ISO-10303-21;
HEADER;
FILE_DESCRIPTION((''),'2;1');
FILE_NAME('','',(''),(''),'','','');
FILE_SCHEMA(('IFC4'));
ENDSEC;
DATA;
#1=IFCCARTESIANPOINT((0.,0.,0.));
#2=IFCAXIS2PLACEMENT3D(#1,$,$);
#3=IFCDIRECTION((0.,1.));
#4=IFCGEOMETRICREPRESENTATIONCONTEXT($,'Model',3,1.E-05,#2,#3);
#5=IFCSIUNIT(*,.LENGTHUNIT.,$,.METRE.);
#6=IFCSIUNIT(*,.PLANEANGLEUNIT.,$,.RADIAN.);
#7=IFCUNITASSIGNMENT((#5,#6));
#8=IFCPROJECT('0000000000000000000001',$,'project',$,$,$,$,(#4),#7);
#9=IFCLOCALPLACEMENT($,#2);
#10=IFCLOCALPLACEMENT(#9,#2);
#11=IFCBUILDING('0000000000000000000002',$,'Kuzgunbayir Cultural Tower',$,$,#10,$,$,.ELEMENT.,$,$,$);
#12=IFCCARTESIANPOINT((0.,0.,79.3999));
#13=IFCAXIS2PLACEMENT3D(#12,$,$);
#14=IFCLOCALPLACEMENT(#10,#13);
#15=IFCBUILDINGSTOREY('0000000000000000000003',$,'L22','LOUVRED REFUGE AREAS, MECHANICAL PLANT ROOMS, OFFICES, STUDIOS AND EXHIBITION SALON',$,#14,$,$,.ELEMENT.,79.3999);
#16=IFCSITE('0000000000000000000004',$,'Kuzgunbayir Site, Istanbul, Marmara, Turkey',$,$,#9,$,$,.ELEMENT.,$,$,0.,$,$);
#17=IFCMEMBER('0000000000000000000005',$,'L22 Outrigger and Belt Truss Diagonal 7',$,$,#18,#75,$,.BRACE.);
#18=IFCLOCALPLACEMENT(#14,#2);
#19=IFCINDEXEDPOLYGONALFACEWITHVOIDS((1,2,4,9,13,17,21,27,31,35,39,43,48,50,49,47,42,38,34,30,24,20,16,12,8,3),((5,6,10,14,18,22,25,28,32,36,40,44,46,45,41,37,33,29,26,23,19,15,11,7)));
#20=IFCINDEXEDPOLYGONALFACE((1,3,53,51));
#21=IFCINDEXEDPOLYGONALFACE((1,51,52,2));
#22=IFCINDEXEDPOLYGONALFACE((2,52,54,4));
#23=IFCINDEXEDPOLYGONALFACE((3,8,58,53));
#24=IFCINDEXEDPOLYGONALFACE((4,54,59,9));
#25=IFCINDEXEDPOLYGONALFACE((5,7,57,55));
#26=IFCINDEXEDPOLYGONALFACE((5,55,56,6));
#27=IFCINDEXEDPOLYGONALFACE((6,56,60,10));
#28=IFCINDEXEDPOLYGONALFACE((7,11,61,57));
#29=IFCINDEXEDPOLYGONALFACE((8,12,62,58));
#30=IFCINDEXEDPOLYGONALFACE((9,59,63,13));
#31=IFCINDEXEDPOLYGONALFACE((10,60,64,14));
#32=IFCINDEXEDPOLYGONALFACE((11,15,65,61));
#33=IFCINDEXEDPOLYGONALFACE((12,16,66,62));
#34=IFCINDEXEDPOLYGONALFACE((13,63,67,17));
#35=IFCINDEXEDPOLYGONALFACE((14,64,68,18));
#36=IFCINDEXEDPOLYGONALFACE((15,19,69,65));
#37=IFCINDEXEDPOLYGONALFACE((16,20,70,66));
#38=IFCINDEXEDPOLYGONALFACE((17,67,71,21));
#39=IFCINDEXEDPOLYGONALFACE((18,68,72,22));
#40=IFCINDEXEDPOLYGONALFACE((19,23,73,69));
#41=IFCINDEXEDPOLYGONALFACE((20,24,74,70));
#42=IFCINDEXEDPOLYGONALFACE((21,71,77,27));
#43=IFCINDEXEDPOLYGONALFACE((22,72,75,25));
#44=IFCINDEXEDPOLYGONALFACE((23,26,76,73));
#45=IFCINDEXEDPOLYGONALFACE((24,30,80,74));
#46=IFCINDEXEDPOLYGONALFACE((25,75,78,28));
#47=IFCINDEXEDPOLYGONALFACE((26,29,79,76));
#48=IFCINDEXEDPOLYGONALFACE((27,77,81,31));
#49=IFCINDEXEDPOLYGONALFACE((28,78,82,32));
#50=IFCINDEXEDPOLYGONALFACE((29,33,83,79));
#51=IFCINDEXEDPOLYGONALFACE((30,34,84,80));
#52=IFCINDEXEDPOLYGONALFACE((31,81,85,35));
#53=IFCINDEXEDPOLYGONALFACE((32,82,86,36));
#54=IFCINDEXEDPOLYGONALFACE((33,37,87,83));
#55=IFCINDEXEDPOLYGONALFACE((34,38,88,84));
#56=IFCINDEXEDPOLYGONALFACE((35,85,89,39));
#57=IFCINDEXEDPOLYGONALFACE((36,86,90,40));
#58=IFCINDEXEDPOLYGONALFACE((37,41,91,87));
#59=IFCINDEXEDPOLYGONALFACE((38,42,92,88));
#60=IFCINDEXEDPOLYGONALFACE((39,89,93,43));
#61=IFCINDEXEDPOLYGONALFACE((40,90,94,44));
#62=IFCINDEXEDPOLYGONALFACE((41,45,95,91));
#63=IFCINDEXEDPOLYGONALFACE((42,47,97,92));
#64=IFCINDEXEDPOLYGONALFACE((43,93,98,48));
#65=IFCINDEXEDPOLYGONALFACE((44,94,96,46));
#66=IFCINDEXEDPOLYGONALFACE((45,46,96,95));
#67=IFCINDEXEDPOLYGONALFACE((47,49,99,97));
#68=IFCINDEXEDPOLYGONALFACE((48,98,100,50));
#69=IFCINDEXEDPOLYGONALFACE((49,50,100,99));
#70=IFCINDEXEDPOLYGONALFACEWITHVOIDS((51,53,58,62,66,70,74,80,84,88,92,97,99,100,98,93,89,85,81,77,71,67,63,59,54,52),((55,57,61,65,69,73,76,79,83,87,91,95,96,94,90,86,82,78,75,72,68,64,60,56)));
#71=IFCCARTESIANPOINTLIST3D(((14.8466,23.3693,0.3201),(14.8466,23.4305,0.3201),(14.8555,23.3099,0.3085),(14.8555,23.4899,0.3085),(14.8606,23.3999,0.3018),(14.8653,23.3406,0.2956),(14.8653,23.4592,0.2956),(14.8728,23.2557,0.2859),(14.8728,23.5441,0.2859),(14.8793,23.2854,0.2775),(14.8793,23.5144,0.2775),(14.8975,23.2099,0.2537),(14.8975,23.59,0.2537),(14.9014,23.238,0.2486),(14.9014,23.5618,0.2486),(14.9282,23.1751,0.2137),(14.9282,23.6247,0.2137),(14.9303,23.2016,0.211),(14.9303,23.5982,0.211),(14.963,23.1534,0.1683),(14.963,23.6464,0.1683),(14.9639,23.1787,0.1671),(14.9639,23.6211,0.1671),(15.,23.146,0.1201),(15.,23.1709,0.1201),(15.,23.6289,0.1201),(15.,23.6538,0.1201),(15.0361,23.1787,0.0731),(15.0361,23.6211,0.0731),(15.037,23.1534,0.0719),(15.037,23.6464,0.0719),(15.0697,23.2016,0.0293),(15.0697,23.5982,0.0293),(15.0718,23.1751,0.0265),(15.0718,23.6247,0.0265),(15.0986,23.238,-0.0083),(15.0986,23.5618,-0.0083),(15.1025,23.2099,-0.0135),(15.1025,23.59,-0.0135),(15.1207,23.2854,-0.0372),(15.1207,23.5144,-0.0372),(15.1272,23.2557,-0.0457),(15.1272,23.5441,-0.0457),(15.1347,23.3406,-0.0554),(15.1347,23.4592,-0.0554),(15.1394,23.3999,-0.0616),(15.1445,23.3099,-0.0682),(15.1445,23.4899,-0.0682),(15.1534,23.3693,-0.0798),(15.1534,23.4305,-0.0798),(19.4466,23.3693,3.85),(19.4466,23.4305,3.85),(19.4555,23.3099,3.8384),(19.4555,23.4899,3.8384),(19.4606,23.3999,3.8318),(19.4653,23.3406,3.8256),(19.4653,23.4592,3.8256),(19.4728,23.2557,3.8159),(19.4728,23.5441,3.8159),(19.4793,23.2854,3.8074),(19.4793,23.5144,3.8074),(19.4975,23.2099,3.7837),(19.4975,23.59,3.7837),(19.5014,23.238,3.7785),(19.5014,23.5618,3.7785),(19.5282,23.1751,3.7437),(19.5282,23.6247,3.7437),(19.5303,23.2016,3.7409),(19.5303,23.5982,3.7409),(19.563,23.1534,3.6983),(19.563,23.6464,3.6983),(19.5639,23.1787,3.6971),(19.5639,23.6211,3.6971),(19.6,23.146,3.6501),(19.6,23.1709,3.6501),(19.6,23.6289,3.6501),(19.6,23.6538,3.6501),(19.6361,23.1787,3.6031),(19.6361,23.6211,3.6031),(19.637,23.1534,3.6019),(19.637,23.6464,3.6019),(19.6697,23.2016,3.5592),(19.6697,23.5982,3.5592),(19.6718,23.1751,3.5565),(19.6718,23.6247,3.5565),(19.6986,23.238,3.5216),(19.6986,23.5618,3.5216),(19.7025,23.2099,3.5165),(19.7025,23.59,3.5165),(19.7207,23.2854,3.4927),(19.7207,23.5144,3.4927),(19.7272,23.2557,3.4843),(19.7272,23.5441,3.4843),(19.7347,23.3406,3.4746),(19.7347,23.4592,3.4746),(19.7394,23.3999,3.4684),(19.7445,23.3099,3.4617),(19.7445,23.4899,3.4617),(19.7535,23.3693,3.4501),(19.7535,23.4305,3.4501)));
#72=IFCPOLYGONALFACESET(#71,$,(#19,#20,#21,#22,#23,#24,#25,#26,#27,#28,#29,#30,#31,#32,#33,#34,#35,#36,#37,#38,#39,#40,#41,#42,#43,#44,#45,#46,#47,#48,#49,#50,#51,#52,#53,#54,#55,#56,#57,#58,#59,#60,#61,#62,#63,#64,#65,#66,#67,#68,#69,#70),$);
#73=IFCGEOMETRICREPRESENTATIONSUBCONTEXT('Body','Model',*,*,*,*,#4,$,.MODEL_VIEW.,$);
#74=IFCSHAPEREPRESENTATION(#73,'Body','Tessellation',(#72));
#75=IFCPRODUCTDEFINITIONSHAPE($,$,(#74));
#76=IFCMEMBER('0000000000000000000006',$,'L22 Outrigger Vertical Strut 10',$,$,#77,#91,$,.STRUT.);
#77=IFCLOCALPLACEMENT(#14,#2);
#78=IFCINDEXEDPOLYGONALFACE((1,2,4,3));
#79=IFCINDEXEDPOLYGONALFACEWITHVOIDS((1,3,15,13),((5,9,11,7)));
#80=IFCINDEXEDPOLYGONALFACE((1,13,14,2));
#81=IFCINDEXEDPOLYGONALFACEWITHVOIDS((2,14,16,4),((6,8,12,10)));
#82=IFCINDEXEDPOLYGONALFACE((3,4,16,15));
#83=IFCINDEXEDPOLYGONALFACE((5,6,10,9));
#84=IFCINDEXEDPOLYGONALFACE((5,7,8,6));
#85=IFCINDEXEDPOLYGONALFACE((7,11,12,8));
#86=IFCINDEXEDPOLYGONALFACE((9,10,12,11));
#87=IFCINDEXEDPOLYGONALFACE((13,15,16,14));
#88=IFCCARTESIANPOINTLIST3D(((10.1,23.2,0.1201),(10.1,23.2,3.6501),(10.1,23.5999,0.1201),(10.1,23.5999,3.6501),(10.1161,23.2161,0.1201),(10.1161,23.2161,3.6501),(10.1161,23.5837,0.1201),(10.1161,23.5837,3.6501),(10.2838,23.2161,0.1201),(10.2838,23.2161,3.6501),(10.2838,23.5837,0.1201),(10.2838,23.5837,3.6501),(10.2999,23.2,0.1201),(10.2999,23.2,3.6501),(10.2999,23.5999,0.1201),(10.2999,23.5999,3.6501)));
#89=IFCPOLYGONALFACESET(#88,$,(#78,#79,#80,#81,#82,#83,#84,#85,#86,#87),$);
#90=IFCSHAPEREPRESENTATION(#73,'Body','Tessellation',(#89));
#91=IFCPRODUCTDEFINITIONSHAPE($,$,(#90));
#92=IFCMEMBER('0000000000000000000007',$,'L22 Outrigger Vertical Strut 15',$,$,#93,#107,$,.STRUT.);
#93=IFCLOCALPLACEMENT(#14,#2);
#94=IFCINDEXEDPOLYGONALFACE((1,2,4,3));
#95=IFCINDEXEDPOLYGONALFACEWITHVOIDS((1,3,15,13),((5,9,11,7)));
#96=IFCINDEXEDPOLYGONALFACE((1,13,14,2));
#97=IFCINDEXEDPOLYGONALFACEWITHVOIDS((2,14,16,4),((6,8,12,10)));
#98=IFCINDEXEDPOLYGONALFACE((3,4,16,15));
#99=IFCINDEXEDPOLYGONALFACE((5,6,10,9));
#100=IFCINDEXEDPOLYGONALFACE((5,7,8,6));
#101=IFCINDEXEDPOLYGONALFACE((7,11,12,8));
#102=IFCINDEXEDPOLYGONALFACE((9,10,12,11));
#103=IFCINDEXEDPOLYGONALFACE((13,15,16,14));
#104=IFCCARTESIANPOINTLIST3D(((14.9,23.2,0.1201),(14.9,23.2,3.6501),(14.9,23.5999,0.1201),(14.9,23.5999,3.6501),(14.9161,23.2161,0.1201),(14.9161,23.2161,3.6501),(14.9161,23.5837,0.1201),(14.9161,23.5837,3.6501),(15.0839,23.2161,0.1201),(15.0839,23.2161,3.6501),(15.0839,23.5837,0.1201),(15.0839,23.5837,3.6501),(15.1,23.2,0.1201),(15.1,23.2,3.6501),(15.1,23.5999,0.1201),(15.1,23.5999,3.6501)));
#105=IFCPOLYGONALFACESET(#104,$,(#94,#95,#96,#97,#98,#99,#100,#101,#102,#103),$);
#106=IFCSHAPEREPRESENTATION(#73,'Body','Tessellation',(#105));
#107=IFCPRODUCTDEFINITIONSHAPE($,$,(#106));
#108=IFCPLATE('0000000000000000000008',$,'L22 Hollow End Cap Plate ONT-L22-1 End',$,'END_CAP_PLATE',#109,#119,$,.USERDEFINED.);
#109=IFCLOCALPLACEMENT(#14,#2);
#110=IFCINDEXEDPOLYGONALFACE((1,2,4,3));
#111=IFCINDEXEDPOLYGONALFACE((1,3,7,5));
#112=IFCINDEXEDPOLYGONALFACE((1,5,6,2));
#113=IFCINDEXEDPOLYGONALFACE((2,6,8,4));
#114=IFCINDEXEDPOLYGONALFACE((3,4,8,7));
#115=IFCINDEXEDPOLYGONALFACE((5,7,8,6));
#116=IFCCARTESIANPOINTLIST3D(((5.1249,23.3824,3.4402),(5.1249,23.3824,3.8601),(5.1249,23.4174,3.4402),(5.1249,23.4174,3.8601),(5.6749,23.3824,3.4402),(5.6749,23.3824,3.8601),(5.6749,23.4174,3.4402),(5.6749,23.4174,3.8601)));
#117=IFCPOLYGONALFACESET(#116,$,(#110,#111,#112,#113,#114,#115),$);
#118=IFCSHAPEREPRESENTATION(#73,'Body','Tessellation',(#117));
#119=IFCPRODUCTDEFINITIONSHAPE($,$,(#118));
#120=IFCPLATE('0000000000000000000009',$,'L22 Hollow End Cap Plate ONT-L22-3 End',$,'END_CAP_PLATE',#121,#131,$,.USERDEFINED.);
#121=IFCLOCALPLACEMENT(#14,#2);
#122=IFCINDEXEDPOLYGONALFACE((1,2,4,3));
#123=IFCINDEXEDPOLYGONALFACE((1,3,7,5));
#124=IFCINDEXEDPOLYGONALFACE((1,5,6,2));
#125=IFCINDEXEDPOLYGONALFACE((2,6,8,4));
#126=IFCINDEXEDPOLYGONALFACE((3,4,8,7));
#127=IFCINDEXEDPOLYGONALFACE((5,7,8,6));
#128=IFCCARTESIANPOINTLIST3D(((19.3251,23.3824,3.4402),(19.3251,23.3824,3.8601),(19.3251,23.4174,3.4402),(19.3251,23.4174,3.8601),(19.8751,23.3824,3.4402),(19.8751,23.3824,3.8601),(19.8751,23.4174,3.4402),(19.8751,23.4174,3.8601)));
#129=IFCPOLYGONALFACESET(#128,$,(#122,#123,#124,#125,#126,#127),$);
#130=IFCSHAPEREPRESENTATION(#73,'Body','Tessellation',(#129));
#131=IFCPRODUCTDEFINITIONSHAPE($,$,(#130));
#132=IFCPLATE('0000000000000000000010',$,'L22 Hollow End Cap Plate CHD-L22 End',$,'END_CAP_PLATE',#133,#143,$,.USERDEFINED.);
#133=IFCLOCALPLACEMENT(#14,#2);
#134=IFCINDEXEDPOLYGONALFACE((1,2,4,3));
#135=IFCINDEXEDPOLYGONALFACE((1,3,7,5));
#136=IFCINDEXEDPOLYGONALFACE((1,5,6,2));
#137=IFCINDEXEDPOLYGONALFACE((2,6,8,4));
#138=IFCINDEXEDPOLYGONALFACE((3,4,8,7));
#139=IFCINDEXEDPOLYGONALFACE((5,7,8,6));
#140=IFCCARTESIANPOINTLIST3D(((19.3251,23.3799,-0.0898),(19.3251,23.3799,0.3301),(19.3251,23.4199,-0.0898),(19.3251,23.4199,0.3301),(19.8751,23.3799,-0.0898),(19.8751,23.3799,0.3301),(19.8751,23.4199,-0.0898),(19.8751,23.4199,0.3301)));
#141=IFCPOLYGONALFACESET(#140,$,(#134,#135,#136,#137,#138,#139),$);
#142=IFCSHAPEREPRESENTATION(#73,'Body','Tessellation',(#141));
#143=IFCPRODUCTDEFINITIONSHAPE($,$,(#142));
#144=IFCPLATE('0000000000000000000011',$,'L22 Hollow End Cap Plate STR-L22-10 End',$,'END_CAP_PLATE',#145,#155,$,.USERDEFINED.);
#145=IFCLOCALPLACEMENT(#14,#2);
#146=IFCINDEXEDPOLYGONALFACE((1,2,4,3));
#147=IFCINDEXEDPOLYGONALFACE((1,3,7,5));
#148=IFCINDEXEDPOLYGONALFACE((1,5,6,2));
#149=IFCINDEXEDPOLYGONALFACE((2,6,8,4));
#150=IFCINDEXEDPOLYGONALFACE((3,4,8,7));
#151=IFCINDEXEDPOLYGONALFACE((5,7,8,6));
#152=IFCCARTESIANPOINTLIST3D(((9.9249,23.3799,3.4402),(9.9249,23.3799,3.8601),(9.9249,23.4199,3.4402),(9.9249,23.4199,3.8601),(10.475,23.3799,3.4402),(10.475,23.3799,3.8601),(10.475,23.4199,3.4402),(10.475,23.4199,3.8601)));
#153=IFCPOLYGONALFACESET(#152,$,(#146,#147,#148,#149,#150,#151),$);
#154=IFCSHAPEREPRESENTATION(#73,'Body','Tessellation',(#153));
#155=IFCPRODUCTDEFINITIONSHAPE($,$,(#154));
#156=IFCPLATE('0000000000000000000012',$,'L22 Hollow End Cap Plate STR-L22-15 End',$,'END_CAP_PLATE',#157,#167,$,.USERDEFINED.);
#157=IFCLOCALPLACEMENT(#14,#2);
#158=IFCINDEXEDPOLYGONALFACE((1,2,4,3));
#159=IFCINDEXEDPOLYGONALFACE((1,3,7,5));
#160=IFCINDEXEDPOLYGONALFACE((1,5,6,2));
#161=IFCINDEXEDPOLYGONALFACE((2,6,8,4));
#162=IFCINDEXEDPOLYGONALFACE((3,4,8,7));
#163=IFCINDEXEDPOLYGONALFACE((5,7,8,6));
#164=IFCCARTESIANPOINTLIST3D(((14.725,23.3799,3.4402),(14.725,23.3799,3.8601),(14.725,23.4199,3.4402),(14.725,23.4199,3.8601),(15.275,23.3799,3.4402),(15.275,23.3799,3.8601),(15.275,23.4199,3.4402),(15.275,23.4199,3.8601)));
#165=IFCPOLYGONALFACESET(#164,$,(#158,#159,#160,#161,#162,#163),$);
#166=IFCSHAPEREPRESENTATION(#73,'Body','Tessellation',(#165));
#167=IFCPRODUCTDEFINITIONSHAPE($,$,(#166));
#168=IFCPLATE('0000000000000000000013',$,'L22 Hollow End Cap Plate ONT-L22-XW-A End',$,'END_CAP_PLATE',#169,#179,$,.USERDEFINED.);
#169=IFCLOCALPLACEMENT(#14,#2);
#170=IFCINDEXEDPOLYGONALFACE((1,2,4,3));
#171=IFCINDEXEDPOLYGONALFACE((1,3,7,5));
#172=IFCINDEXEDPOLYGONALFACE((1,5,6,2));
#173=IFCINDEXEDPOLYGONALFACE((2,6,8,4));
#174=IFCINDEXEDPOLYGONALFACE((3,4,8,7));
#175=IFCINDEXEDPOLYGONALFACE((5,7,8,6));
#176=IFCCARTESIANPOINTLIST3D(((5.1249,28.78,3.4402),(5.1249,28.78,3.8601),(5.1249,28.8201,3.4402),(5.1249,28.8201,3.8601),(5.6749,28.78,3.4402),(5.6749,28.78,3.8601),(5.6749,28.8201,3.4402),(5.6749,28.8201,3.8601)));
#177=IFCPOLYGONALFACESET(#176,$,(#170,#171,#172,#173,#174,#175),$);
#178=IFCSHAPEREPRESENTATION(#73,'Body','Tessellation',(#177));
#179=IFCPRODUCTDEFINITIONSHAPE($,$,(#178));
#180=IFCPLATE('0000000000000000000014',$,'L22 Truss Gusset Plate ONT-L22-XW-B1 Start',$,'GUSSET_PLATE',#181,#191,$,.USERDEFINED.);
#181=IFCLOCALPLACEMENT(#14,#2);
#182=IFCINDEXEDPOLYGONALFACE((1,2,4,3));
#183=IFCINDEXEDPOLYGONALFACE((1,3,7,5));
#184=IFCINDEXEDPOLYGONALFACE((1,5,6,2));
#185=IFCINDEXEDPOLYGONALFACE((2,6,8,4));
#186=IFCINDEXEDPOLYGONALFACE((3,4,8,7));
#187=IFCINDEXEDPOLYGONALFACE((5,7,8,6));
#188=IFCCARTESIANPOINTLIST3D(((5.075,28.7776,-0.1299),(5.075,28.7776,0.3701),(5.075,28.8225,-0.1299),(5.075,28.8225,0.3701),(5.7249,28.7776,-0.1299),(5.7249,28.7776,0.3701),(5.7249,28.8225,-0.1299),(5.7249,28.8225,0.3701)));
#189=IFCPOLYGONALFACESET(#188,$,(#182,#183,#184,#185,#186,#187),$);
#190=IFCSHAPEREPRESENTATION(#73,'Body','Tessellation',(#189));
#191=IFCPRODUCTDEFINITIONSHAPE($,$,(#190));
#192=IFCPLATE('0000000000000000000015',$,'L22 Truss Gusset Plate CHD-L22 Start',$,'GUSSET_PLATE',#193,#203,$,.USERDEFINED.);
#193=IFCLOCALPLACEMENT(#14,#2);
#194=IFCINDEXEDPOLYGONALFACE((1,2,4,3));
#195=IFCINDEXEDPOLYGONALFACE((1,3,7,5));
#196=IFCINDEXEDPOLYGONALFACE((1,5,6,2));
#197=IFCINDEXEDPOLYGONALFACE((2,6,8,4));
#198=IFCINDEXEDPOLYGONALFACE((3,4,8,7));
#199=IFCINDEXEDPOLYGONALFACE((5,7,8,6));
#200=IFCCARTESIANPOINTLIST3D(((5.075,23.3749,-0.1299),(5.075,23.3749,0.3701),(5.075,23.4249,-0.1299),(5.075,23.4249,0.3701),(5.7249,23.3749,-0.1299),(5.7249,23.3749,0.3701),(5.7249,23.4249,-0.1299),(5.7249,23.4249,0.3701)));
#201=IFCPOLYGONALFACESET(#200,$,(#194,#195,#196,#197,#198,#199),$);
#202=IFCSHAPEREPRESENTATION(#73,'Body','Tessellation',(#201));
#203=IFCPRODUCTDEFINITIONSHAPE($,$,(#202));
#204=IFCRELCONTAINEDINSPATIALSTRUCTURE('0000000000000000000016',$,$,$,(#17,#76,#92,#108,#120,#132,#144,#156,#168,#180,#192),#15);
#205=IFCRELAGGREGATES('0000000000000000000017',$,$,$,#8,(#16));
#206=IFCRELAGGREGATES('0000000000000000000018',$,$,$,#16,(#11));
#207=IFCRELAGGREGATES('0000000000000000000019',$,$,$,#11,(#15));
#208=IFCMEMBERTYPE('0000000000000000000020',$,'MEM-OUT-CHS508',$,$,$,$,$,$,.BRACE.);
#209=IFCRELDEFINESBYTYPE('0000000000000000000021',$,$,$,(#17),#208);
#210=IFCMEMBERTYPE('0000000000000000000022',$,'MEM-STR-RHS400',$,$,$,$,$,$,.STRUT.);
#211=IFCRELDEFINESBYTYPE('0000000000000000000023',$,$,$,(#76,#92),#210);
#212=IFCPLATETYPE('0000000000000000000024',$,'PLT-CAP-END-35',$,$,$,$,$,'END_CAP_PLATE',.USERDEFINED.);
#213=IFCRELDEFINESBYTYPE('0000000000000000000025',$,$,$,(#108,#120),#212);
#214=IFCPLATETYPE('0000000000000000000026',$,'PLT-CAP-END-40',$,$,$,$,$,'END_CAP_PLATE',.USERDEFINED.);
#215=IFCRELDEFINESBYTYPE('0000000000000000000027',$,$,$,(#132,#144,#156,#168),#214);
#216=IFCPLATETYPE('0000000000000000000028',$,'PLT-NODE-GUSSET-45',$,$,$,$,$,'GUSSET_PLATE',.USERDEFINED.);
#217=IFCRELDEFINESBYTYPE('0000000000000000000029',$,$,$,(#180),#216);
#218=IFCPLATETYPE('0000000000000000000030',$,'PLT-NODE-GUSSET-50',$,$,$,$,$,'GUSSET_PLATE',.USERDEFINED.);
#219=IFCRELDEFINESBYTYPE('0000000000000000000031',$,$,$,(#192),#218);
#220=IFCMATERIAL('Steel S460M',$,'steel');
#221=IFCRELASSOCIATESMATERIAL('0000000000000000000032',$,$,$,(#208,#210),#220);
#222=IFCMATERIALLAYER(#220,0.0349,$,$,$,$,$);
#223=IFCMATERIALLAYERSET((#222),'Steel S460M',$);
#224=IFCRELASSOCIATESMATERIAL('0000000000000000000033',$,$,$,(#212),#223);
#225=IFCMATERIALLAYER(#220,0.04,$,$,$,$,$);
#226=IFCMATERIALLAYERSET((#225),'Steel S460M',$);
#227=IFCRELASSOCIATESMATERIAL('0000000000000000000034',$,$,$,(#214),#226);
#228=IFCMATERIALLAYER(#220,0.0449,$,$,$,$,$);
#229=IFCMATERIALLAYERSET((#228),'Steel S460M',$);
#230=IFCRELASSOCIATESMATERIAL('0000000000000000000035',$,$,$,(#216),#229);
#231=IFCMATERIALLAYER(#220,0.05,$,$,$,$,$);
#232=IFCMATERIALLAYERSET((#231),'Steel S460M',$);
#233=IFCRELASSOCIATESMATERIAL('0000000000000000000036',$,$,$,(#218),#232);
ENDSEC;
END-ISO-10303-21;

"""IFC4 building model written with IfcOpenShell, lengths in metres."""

from ifc_helpers import new_model, si_unit, direction, frame, origin, origin_2d, place, context, subcontext, project, spatial, rectangle, hollow_rectangle, hollow_circle, extrude, material, layer, layer_set, material_profile, profile_set, type_object, element, save


model = new_model("IFC4")

# Units and contexts
model_context = context("Model", 3, precision=1e-05, world=origin(), true_north=direction((0.0, 1.0)))
body_context = subcontext(model_context, "Body", "Model", "MODEL_VIEW")
ifc_project = project(units=[si_unit("LENGTHUNIT", "METRE"), si_unit("PLANEANGLEUNIT", "RADIAN")], contexts=[model_context])

# Site, building, storey
site_placement = place(None, origin())
site = spatial("IfcSite", under=ifc_project, at=site_placement, Name="Kuzgunbayir Site, Istanbul, Marmara, Turkey", CompositionType="ELEMENT", RefElevation=0.0)
building_placement = place(site_placement, origin())
building = spatial("IfcBuilding", under=site, at=building_placement, Name="Kuzgunbayir Cultural Tower", CompositionType="ELEMENT")
storey_placement = place(building_placement, frame((0.0, 0.0, 79.3999)))
storey = spatial("IfcBuildingStorey", under=building, at=storey_placement, Name="L22", Description="LOUVRED REFUGE AREAS, MECHANICAL PLANT ROOMS, OFFICES, STUDIOS AND EXHIBITION SALON", CompositionType="ELEMENT", Elevation=79.3999)

# Members
ifc_material_1 = material(Name="Steel S460M", Category="steel")
ifc_material_profile_1 = material_profile(ifc_material_1, hollow_circle(Radius=0.2539, WallThickness=0.0249, at=origin_2d()), Name="CHS 508x25")
ifc_profile_set_1 = profile_set([ifc_material_profile_1], Name="Steel S460M")
member_type_1 = type_object("IfcMemberType", Name="MEM-OUT-CHS508", PredefinedType="BRACE", material=ifc_profile_set_1)
member_1_placement = place(storey_placement, frame((15.0, 23.3999, 0.1201), z_axis=(0.793332, 0.0, 0.608789), x_axis=(0.0, 1.0, 0.0)))
element("IfcMember", 1, at=member_1_placement, inside=storey, type_object=member_type_1, Name="L22 Outrigger and Belt Truss Diagonal 7", PredefinedType="BRACE", context=body_context, shape_type="SweptSolid", body=[
    extrude(hollow_circle(Radius=0.2539, WallThickness=0.0249, at=origin_2d()), origin(), (0.0, 0.0, 1.0), 5.7983),
])
ifc_material_profile_2 = material_profile(ifc_material_1, hollow_rectangle(XDim=0.2, YDim=0.3999, WallThickness=0.0161, at=origin_2d()), Name="RHS 400x200x16")
ifc_profile_set_2 = profile_set([ifc_material_profile_2], Name="Steel S460M")
member_type_2 = type_object("IfcMemberType", Name="MEM-STR-RHS400", PredefinedType="STRUT", material=ifc_profile_set_2)
for number, where, z_axis, x_axis, name in (
    (2, (10.2, 23.3999, 0.1201), (0.0, 0.0, 1.0), (1.0, 0.0, 0.0), "L22 Outrigger Vertical Strut 10"),
    (3, (15.0, 23.3999, 0.1201), (0.0, 0.0, 1.0), (1.0, 0.0, 0.0), "L22 Outrigger Vertical Strut 15"),
):
    element("IfcMember", number, at=place(storey_placement, frame(where, z_axis=z_axis, x_axis=x_axis)), inside=storey, type_object=member_type_2, Name=name, PredefinedType="STRUT", context=body_context, shape_type="SweptSolid", body=[
        extrude(hollow_rectangle(XDim=0.2, YDim=0.3999, WallThickness=0.0161, at=origin_2d()), origin(), (0.0, 0.0, 1.0), 3.53),
    ])

# Plates
ifc_layer_1 = layer(ifc_material_1, 0.0349)
ifc_layer_set_1 = layer_set([ifc_layer_1], Name="Steel S460M")
plate_type_1 = type_object("IfcPlateType", Name="PLT-CAP-END-35", ElementType="END_CAP_PLATE", PredefinedType="USERDEFINED", material=ifc_layer_set_1)
for number, where, z_axis, x_axis, name in (
    (4, (5.3999, 23.3999, 3.4402), (0.0, 0.0, 1.0), (1.0, 0.0, 0.0), "L22 Hollow End Cap Plate ONT-L22-1 End"),
    (5, (19.6001, 23.3999, 3.4402), (0.0, 0.0, 1.0), (1.0, 0.0, 0.0), "L22 Hollow End Cap Plate ONT-L22-3 End"),
):
    element("IfcPlate", number, at=place(storey_placement, frame(where, z_axis=z_axis, x_axis=x_axis)), inside=storey, type_object=plate_type_1, Name=name, ObjectType="END_CAP_PLATE", PredefinedType="USERDEFINED", context=body_context, shape_type="SweptSolid", body=[
        extrude(rectangle(XDim=0.55, YDim=0.0349, at=origin_2d()), origin(), (0.0, 0.0, 1.0), 0.4199),
    ])
ifc_layer_2 = layer(ifc_material_1, 0.04)
ifc_layer_set_2 = layer_set([ifc_layer_2], Name="Steel S460M")
plate_type_2 = type_object("IfcPlateType", Name="PLT-CAP-END-40", ElementType="END_CAP_PLATE", PredefinedType="USERDEFINED", material=ifc_layer_set_2)
for number, where, z_axis, x_axis, name in (
    (6, (19.6001, 23.3999, -0.0898), (0.0, 0.0, 1.0), (1.0, 0.0, 0.0), "L22 Hollow End Cap Plate CHD-L22 End"),
    (7, (10.2, 23.3999, 3.4402), (0.0, 0.0, 1.0), (1.0, 0.0, 0.0), "L22 Hollow End Cap Plate STR-L22-10 End"),
    (8, (15.0, 23.3999, 3.4402), (0.0, 0.0, 1.0), (1.0, 0.0, 0.0), "L22 Hollow End Cap Plate STR-L22-15 End"),
    (9, (5.3999, 28.8, 3.4402), (0.0, 0.0, 1.0), (1.0, 0.0, 0.0), "L22 Hollow End Cap Plate ONT-L22-XW-A End"),
):
    element("IfcPlate", number, at=place(storey_placement, frame(where, z_axis=z_axis, x_axis=x_axis)), inside=storey, type_object=plate_type_2, Name=name, ObjectType="END_CAP_PLATE", PredefinedType="USERDEFINED", context=body_context, shape_type="SweptSolid", body=[
        extrude(rectangle(XDim=0.55, YDim=0.04, at=origin_2d()), origin(), (0.0, 0.0, 1.0), 0.4199),
    ])
ifc_layer_3 = layer(ifc_material_1, 0.0449)
ifc_layer_set_3 = layer_set([ifc_layer_3], Name="Steel S460M")
plate_type_3 = type_object("IfcPlateType", Name="PLT-NODE-GUSSET-45", ElementType="GUSSET_PLATE", PredefinedType="USERDEFINED", material=ifc_layer_set_3)
plate_placement = place(storey_placement, frame((5.3999, 28.8, -0.1299), z_axis=(0.0, 0.0, 1.0), x_axis=(1.0, 0.0, 0.0)))
element("IfcPlate", 10, at=plate_placement, inside=storey, type_object=plate_type_3, Name="L22 Truss Gusset Plate ONT-L22-XW-B1 Start", ObjectType="GUSSET_PLATE", PredefinedType="USERDEFINED", context=body_context, shape_type="SweptSolid", body=[
    extrude(rectangle(XDim=0.6499, YDim=0.0449, at=origin_2d()), origin(), (0.0, 0.0, 1.0), 0.5),
])
ifc_layer_4 = layer(ifc_material_1, 0.05)
ifc_layer_set_4 = layer_set([ifc_layer_4], Name="Steel S460M")
plate_type_4 = type_object("IfcPlateType", Name="PLT-NODE-GUSSET-50", ElementType="GUSSET_PLATE", PredefinedType="USERDEFINED", material=ifc_layer_set_4)
for number, where, z_axis, x_axis, name in (
    (11, (5.3999, 23.3999, -0.1299), (0.0, 0.0, 1.0), (1.0, 0.0, 0.0), "L22 Truss Gusset Plate CHD-L22 Start"),
):
    element("IfcPlate", number, at=place(storey_placement, frame(where, z_axis=z_axis, x_axis=x_axis)), inside=storey, type_object=plate_type_4, Name=name, ObjectType="GUSSET_PLATE", PredefinedType="USERDEFINED", context=body_context, shape_type="SweptSolid", body=[
        extrude(rectangle(XDim=0.6499, YDim=0.05, at=origin_2d()), origin(), (0.0, 0.0, 1.0), 0.5),
    ])

save(model, "model.ifc")
